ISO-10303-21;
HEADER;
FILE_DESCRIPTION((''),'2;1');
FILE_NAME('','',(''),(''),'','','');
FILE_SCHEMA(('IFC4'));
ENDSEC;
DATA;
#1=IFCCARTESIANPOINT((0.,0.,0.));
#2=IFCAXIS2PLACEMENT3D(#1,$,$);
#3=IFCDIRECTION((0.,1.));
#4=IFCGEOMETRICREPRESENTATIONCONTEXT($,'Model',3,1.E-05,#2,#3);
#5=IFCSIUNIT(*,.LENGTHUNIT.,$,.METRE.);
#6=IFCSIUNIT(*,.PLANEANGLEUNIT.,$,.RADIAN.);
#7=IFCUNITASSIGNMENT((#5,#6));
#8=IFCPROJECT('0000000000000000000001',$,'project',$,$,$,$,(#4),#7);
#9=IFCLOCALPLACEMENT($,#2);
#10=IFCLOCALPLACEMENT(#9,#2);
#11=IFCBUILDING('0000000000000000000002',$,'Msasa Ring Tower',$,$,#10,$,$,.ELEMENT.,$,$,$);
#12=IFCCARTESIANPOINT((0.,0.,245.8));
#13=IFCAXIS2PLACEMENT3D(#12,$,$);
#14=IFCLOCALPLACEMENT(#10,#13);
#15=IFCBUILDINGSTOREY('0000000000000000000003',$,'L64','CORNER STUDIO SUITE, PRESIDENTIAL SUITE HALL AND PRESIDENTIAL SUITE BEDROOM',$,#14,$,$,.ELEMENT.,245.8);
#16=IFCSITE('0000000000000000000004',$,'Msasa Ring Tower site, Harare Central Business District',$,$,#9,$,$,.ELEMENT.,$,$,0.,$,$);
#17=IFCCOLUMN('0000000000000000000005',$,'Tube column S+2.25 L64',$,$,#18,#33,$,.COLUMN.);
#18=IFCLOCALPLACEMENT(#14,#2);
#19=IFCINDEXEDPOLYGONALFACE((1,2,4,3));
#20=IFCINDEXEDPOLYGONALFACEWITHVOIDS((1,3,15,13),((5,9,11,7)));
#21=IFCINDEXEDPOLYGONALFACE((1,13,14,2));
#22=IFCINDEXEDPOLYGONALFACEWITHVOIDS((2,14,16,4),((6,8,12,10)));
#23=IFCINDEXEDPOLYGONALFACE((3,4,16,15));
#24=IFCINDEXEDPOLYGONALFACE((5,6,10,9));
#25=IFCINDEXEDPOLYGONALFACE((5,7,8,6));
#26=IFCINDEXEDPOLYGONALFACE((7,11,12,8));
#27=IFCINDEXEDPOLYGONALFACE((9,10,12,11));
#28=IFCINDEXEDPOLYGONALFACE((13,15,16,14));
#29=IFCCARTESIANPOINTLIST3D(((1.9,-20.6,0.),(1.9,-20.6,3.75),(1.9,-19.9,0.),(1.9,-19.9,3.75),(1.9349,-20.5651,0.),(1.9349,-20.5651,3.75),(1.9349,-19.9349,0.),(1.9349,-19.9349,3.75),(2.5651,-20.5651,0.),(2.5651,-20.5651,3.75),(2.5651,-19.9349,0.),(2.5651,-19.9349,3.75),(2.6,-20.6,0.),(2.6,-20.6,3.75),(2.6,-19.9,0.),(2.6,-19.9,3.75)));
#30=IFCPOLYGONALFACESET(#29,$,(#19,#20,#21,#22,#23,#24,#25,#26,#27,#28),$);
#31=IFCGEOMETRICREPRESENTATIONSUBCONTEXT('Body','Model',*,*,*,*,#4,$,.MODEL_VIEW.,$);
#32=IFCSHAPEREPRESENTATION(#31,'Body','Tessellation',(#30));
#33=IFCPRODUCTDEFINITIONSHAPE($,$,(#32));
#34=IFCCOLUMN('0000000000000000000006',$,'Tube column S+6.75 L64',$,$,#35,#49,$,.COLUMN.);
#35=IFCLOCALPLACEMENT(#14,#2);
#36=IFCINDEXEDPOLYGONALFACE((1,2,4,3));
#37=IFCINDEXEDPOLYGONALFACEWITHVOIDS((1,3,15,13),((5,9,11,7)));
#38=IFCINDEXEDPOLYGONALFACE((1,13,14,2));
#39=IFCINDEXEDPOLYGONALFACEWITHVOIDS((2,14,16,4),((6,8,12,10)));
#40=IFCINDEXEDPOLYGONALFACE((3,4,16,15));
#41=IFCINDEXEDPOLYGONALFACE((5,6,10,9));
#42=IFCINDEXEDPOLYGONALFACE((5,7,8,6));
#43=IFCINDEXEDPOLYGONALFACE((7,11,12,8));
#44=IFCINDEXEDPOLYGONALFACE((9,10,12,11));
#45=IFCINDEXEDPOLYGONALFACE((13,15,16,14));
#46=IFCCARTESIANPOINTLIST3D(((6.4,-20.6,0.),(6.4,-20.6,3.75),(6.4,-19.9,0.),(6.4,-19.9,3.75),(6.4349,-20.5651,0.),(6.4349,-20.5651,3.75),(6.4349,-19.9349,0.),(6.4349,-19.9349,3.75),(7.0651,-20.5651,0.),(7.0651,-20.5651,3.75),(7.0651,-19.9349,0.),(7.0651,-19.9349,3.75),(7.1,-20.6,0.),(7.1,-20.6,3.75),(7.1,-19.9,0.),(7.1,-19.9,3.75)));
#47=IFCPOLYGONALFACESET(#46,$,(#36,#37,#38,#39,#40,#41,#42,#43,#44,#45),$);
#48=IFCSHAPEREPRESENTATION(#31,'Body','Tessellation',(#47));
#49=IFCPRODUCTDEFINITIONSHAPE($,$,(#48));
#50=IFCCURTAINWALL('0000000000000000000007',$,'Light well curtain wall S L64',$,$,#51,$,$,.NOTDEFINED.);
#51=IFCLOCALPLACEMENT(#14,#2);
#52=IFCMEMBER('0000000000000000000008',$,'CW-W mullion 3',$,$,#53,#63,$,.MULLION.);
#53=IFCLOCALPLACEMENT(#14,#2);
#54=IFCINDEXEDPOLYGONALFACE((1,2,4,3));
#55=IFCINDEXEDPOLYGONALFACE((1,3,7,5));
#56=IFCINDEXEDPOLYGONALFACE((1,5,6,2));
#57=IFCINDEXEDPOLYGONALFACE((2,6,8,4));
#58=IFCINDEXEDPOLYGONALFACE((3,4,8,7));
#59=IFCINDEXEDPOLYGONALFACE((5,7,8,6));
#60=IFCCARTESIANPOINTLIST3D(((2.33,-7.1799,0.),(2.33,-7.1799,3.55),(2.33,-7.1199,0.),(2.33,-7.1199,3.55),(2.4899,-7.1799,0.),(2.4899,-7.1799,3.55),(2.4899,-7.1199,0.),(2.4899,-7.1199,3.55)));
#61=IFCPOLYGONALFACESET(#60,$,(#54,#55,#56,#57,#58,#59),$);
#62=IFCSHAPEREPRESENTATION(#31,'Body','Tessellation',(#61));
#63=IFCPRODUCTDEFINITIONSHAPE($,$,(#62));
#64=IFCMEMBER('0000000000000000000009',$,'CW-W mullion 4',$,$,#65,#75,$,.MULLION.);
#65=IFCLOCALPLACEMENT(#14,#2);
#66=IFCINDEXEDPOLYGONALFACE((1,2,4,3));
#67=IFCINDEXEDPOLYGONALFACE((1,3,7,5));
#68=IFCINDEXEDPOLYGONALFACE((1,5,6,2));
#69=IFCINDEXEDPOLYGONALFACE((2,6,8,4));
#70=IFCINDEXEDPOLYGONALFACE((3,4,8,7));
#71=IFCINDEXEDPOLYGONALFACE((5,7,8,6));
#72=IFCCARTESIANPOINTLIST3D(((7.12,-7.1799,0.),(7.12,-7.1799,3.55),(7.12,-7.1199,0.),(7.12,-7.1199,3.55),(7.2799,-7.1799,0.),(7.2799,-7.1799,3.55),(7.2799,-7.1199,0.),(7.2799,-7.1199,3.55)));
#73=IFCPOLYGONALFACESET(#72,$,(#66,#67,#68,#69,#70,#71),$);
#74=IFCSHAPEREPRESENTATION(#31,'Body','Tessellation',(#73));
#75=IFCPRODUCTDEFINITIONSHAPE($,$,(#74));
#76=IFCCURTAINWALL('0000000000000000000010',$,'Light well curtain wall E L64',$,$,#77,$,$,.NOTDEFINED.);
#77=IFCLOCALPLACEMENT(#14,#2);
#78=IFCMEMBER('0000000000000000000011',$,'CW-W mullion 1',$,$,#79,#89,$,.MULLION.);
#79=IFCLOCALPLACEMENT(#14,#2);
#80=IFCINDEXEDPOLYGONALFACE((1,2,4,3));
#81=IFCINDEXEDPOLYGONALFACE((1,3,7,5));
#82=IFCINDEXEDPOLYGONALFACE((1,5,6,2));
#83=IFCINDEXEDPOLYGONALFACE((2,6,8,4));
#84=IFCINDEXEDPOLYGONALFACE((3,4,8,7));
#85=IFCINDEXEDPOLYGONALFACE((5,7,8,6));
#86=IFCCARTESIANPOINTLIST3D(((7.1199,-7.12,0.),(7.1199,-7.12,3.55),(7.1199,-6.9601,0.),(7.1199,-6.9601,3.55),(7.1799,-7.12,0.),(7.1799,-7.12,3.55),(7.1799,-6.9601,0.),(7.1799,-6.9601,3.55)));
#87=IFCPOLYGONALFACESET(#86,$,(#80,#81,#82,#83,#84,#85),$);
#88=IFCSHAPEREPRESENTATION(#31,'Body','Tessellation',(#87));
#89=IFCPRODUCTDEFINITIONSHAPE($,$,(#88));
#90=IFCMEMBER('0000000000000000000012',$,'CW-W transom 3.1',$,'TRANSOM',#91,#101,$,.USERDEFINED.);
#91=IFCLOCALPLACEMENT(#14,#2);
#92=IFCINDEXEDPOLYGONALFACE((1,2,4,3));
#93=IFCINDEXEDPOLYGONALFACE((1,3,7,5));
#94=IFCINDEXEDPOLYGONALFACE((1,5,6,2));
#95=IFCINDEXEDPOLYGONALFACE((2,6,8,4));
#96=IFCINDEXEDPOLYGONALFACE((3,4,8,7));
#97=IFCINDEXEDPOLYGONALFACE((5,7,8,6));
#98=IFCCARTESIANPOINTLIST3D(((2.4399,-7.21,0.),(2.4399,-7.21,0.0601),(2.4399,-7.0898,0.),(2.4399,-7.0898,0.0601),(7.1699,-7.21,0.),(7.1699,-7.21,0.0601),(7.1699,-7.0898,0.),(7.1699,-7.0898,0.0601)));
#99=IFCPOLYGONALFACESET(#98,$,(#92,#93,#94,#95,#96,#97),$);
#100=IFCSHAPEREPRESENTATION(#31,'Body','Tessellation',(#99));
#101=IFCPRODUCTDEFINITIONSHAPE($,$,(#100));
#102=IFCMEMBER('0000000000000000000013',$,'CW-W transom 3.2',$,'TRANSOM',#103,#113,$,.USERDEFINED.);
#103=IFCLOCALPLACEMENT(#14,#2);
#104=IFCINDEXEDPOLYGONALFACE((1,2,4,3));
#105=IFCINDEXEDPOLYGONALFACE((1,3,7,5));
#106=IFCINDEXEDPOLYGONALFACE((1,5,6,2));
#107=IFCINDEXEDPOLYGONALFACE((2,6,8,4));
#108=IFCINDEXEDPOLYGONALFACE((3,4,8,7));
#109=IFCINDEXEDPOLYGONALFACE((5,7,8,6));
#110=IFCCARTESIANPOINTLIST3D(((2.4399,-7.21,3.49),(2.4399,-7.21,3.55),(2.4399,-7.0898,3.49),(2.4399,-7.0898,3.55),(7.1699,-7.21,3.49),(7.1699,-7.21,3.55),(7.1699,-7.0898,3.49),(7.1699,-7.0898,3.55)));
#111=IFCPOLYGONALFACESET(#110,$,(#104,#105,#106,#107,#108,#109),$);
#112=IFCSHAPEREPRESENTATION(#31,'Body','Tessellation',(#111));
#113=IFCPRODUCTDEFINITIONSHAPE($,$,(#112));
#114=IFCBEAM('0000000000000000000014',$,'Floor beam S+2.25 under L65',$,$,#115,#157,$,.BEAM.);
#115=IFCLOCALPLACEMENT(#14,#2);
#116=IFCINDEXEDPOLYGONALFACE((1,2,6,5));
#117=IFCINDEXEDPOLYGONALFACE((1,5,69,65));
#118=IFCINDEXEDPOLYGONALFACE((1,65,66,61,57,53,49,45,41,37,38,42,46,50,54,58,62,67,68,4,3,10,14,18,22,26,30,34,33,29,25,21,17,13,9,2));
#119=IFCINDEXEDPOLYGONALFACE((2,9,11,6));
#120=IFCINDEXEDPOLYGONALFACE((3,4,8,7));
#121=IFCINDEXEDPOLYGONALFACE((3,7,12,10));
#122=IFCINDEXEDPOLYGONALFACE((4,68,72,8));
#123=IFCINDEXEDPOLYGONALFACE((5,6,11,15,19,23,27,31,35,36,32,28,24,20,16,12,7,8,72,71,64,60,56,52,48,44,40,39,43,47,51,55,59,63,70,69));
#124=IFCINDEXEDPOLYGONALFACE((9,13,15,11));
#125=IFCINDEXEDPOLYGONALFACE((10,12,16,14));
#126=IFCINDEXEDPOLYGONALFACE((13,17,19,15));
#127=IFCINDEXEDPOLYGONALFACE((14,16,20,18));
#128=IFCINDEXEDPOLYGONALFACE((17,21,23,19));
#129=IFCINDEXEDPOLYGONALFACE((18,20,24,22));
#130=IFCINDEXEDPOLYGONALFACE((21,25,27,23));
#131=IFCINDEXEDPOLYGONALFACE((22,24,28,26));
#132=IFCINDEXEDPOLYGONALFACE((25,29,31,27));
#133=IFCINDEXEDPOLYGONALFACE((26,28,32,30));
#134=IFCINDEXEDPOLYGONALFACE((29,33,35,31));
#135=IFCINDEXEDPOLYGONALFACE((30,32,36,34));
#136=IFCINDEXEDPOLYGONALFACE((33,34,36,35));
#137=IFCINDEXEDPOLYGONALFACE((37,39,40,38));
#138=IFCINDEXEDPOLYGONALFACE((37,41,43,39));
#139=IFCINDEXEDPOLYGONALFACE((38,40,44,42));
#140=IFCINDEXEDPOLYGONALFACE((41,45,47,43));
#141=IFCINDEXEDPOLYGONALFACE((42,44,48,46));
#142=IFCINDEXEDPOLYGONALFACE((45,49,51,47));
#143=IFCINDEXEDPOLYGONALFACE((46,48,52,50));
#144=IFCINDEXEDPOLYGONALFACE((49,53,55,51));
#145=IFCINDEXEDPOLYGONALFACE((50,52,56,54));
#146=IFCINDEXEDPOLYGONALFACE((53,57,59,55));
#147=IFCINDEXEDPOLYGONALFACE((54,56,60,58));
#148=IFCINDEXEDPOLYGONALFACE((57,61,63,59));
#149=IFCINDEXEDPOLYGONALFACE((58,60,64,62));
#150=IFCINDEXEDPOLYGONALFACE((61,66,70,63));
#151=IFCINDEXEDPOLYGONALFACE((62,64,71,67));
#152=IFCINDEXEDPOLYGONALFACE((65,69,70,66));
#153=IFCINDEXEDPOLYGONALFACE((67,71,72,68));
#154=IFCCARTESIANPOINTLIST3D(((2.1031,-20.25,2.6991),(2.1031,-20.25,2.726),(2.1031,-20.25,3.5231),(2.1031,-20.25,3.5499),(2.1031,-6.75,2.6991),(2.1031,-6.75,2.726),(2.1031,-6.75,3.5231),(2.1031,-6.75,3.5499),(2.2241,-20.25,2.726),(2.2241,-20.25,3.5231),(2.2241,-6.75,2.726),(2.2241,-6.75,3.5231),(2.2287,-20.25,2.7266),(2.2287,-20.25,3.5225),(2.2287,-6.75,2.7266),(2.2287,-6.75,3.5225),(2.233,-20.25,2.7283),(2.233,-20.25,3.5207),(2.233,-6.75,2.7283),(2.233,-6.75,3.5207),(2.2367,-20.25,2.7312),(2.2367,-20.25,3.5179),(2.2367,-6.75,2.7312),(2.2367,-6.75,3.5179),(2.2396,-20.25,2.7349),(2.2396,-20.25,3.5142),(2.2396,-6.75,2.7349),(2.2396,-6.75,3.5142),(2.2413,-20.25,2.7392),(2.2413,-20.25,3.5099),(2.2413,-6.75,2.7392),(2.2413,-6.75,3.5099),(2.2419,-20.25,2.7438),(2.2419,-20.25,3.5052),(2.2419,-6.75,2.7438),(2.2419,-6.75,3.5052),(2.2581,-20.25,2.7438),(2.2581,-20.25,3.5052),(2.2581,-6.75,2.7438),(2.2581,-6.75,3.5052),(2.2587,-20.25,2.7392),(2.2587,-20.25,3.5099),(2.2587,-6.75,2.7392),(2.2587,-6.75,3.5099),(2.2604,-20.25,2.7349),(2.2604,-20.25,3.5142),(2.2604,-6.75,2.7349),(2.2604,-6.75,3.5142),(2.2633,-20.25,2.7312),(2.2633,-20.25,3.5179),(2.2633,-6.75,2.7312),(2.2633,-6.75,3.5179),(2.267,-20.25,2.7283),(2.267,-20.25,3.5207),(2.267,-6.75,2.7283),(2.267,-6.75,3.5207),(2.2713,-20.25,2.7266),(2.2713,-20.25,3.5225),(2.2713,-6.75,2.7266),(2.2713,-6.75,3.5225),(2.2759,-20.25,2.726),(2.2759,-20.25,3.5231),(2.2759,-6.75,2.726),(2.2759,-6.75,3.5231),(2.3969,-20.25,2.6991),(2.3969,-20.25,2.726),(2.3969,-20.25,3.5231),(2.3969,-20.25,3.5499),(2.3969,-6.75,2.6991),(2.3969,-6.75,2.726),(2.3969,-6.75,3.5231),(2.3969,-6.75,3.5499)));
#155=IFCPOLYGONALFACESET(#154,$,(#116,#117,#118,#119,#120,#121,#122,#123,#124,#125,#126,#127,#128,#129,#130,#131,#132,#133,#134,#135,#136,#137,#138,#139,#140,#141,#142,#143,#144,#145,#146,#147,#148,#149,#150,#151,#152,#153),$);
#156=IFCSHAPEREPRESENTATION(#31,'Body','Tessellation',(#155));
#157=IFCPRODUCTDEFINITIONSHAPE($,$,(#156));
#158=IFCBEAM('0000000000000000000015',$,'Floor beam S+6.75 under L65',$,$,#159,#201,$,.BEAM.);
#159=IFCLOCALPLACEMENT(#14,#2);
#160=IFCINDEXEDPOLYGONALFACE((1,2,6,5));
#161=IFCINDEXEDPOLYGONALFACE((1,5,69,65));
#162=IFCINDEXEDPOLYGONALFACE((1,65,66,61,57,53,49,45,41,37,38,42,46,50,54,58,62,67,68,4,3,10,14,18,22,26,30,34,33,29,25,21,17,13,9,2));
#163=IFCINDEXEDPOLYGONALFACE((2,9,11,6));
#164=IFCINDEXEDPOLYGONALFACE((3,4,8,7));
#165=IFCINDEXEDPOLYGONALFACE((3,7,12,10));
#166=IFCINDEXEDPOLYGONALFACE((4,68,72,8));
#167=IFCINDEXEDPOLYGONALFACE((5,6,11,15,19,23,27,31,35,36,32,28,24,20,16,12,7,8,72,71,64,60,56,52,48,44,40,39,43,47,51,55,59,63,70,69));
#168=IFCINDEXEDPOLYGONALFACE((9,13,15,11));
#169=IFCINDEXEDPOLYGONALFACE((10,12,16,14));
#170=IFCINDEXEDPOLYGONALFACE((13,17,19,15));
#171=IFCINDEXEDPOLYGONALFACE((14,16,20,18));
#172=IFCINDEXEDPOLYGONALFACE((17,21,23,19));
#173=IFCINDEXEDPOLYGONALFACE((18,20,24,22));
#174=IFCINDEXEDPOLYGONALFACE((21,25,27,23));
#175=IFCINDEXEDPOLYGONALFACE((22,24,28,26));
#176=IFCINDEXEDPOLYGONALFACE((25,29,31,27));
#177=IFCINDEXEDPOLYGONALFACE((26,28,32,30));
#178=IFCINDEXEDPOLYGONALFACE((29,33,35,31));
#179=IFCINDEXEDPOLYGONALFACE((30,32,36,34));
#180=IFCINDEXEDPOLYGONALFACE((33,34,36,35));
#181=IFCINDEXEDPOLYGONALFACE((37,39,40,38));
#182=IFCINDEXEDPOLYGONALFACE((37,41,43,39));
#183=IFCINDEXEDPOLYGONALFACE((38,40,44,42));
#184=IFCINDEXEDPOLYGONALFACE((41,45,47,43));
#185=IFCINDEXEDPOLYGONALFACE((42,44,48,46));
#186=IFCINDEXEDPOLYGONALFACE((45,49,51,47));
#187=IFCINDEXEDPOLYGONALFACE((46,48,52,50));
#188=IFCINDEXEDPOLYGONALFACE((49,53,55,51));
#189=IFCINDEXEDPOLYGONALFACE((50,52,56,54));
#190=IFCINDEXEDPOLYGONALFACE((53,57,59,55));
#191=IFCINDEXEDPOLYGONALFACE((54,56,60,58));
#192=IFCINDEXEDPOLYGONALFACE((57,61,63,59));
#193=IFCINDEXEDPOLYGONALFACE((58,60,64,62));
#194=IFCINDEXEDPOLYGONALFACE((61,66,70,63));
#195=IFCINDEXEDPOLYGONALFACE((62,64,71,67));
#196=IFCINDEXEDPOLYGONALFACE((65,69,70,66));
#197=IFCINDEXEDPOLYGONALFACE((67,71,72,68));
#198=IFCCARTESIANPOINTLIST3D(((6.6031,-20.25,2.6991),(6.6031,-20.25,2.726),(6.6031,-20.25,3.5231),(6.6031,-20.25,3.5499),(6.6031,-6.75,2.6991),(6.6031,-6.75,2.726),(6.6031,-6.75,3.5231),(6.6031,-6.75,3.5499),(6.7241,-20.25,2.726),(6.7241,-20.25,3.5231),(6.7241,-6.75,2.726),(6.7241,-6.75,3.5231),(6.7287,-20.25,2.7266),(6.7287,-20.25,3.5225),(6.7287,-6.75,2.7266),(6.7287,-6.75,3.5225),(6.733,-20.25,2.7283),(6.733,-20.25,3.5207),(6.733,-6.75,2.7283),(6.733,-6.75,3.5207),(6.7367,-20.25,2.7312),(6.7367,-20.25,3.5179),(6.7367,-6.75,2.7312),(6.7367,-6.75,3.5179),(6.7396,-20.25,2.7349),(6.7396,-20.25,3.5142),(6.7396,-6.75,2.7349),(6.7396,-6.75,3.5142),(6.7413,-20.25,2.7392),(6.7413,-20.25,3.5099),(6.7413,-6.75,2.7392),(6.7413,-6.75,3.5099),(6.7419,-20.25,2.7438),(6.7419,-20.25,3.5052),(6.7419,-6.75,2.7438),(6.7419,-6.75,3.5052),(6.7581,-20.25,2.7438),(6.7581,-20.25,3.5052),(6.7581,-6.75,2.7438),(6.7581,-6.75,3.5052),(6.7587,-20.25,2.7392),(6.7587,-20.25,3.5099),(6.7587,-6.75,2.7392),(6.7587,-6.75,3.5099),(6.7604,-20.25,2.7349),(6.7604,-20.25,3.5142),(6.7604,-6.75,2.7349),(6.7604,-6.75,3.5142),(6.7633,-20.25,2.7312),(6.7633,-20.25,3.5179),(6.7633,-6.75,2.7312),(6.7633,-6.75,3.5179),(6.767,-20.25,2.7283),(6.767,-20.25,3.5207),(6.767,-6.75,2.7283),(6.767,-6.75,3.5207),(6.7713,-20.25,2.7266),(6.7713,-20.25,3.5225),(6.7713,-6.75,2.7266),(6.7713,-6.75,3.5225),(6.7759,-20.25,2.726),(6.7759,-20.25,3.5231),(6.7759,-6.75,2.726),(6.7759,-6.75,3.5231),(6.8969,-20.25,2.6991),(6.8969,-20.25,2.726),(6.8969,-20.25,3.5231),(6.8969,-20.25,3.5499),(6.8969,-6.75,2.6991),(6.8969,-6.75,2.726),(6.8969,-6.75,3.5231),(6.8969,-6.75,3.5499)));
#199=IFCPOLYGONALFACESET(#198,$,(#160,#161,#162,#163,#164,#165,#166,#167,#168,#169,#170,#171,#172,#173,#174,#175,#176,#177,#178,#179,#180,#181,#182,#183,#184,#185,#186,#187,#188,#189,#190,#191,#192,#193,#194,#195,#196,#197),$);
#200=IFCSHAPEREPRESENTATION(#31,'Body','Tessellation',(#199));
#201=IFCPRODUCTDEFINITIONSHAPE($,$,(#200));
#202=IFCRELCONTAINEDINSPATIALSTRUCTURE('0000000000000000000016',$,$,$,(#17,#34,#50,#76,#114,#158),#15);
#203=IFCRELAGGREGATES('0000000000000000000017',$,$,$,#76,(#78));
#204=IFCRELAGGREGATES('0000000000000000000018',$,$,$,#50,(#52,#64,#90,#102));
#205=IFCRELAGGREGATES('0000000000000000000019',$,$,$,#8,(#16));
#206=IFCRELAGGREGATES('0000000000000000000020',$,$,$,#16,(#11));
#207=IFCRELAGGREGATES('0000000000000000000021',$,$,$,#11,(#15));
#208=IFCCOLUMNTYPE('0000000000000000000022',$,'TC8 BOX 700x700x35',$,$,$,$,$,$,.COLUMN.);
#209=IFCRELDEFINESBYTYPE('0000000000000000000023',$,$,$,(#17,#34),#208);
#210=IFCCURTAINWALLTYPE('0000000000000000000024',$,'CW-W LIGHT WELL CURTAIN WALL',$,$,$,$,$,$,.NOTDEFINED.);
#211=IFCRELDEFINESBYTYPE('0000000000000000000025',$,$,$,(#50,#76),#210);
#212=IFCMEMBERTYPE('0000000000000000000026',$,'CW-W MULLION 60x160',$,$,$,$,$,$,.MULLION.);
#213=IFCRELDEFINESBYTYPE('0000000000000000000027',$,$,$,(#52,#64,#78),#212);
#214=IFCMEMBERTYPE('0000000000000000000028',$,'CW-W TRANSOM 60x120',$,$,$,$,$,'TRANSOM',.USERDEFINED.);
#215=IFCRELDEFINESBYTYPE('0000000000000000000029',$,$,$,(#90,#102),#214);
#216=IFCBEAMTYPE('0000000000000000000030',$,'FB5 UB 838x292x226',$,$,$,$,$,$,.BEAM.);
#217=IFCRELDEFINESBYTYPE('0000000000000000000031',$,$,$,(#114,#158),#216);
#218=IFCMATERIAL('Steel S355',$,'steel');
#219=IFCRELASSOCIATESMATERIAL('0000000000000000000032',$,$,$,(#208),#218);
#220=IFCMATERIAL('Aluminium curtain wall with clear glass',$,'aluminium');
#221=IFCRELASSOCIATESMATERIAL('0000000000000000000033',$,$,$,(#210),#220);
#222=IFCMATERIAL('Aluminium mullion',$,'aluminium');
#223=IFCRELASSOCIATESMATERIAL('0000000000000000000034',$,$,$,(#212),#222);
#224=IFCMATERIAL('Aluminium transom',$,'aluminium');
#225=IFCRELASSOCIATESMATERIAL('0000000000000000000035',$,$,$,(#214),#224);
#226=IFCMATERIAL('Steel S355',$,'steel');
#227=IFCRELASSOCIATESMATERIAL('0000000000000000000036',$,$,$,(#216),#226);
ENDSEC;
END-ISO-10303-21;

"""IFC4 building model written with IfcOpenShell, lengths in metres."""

from ifc_helpers import new_model, si_unit, direction, frame, origin, origin_2d, place, context, subcontext, project, spatial, rectangle, hollow_rectangle, i_section, extrude, material, material_profile, profile_set, type_object, element, aggregate, save


model = new_model("IFC4")

# Units and contexts
model_context = context("Model", 3, precision=1e-05, world=origin(), true_north=direction((0.0, 1.0)))
body_context = subcontext(model_context, "Body", "Model", "MODEL_VIEW")
ifc_project = project(units=[si_unit("LENGTHUNIT", "METRE"), si_unit("PLANEANGLEUNIT", "RADIAN")], contexts=[model_context])

# Site, building, storey
site_placement = place(None, origin())
site = spatial("IfcSite", under=ifc_project, at=site_placement, Name="Msasa Ring Tower site, Harare Central Business District", CompositionType="ELEMENT", RefElevation=0.0)
building_placement = place(site_placement, origin())
building = spatial("IfcBuilding", under=site, at=building_placement, Name="Msasa Ring Tower", CompositionType="ELEMENT")
storey_placement = place(building_placement, frame((0.0, 0.0, 245.8)))
storey = spatial("IfcBuildingStorey", under=building, at=storey_placement, Name="L64", Description="CORNER STUDIO SUITE, PRESIDENTIAL SUITE HALL AND PRESIDENTIAL SUITE BEDROOM", CompositionType="ELEMENT", Elevation=245.8)

# Columns
ifc_material_1 = material(Name="Steel S355", Category="steel")
ifc_material_profile_1 = material_profile(ifc_material_1, hollow_rectangle(XDim=0.7, YDim=0.7, WallThickness=0.0349, at=origin_2d()), Name="BOX 700x700x35")
ifc_profile_set_1 = profile_set([ifc_material_profile_1], Name="Steel S355")
column_type = type_object("IfcColumnType", Name="TC8 BOX 700x700x35", PredefinedType="COLUMN", material=ifc_profile_set_1)
for number, where, z_axis, x_axis, name in (
    (1, (2.25, -20.25, 0.0), (0.0, 0.0, 1.0), (0.0, 1.0, 0.0), "Tube column S+2.25 L64"),
    (2, (6.75, -20.25, 0.0), (0.0, 0.0, 1.0), (0.0, 1.0, 0.0), "Tube column S+6.75 L64"),
):
    element("IfcColumn", number, at=place(storey_placement, frame(where, z_axis=z_axis, x_axis=x_axis)), inside=storey, type_object=column_type, Name=name, PredefinedType="COLUMN", context=body_context, shape_type="SweptSolid", body=[
        extrude(hollow_rectangle(XDim=0.7, YDim=0.7, WallThickness=0.0349, at=origin_2d()), origin(), (0.0, 0.0, 1.0), 3.75),
    ])

# Curtain wall, members
ifc_material_2 = material(Name="Aluminium curtain wall with clear glass", Category="aluminium")
curtain_wall_type = type_object("IfcCurtainWallType", Name="CW-W LIGHT WELL CURTAIN WALL", PredefinedType="NOTDEFINED", material=ifc_material_2)
curtain_wall_1_placement = place(storey_placement, origin())
curtain_wall_1 = element("IfcCurtainWall", 3, at=curtain_wall_1_placement, inside=storey, type_object=curtain_wall_type, Name="Light well curtain wall S L64", PredefinedType="NOTDEFINED")
ifc_material_3 = material(Name="Aluminium mullion", Category="aluminium")
ifc_material_profile_2 = material_profile(ifc_material_3, rectangle(XDim=0.0601, YDim=0.1599, at=origin_2d()), Name="AL 60x160")
ifc_profile_set_2 = profile_set([ifc_material_profile_2], Name="Aluminium mullion")
member_type_1 = type_object("IfcMemberType", Name="CW-W MULLION 60x160", PredefinedType="MULLION", material=ifc_profile_set_2)
member_1_placement = place(storey_placement, frame((2.4099, -7.1499, 0.0), z_axis=(0.0, 0.0, 1.0), x_axis=(0.0, 1.0, 0.0)))
member_1 = element("IfcMember", 4, at=member_1_placement, type_object=member_type_1, Name="CW-W mullion 3", PredefinedType="MULLION", context=body_context, shape_type="SweptSolid", body=[
    extrude(rectangle(XDim=0.0601, YDim=0.1599, at=origin_2d()), origin(), (0.0, 0.0, 1.0), 3.55),
])
member_2_placement = place(storey_placement, frame((7.2, -7.1499, 0.0), z_axis=(0.0, 0.0, 1.0), x_axis=(0.0, 1.0, 0.0)))
member_2 = element("IfcMember", 5, at=member_2_placement, type_object=member_type_1, Name="CW-W mullion 4", PredefinedType="MULLION", context=body_context, shape_type="SweptSolid", body=[
    extrude(rectangle(XDim=0.0601, YDim=0.1599, at=origin_2d()), origin(), (0.0, 0.0, 1.0), 3.55),
])

# Curtain wall, member
curtain_wall_2_placement = place(storey_placement, origin())
curtain_wall_2 = element("IfcCurtainWall", 6, at=curtain_wall_2_placement, inside=storey, type_object=curtain_wall_type, Name="Light well curtain wall E L64", PredefinedType="NOTDEFINED")
member_3_placement = place(storey_placement, frame((7.1499, -7.04, 0.0), z_axis=(0.0, 0.0, 1.0), x_axis=(-1.0, 0.0, 0.0)))
member_3 = element("IfcMember", 7, at=member_3_placement, type_object=member_type_1, Name="CW-W mullion 1", PredefinedType="MULLION", context=body_context, shape_type="SweptSolid", body=[
    extrude(rectangle(XDim=0.0601, YDim=0.1599, at=origin_2d()), origin(), (0.0, 0.0, 1.0), 3.55),
])
aggregate(curtain_wall_2, [member_3])

# Members
ifc_material_4 = material(Name="Aluminium transom", Category="aluminium")
ifc_material_profile_3 = material_profile(ifc_material_4, rectangle(XDim=0.1201, YDim=0.0601, at=origin_2d()), Name="AL 60x120")
ifc_profile_set_3 = profile_set([ifc_material_profile_3], Name="Aluminium transom")
member_type_2 = type_object("IfcMemberType", Name="CW-W TRANSOM 60x120", ElementType="TRANSOM", PredefinedType="USERDEFINED", material=ifc_profile_set_3)
member_4_placement = place(storey_placement, frame((2.4399, -7.1499, 0.03), z_axis=(1.0, 0.0, 0.0), x_axis=(0.0, 1.0, 0.0)))
member_4 = element("IfcMember", 8, at=member_4_placement, type_object=member_type_2, Name="CW-W transom 3.1", ObjectType="TRANSOM", PredefinedType="USERDEFINED", context=body_context, shape_type="SweptSolid", body=[
    extrude(rectangle(XDim=0.1201, YDim=0.0601, at=origin_2d()), origin(), (0.0, 0.0, 1.0), 4.73),
])
member_5_placement = place(storey_placement, frame((2.4399, -7.1499, 3.52), z_axis=(1.0, 0.0, 0.0), x_axis=(0.0, 1.0, 0.0)))
member_5 = element("IfcMember", 9, at=member_5_placement, type_object=member_type_2, Name="CW-W transom 3.2", ObjectType="TRANSOM", PredefinedType="USERDEFINED", context=body_context, shape_type="SweptSolid", body=[
    extrude(rectangle(XDim=0.1201, YDim=0.0601, at=origin_2d()), origin(), (0.0, 0.0, 1.0), 4.73),
])

# Beams
ifc_material_5 = material(Name="Steel S355", Category="steel")
ifc_material_profile_4 = material_profile(ifc_material_5, i_section(OverallWidth=0.2937, OverallDepth=0.8508, WebThickness=0.0161, FlangeThickness=0.0269, FilletRadius=0.0178, at=origin_2d()), Name="UB 838x292x226")
ifc_profile_set_4 = profile_set([ifc_material_profile_4], Name="Steel S355")
beam_type_1 = type_object("IfcBeamType", Name="FB5 UB 838x292x226", PredefinedType="BEAM", material=ifc_profile_set_4)
for number, where, z_axis, x_axis, name in (
    (10, (2.25, -20.25, 3.1245), (0.0, 1.0, 0.0), (-1.0, 0.0, 0.0), "Floor beam S+2.25 under L65"),
    (11, (6.75, -20.25, 3.1245), (0.0, 1.0, 0.0), (-1.0, 0.0, 0.0), "Floor beam S+6.75 under L65"),
):
    element("IfcBeam", number, at=place(storey_placement, frame(where, z_axis=z_axis, x_axis=x_axis)), inside=storey, type_object=beam_type_1, Name=name, PredefinedType="BEAM", context=body_context, shape_type="SweptSolid", body=[
        extrude(i_section(OverallWidth=0.2937, OverallDepth=0.8508, WebThickness=0.0161, FlangeThickness=0.0269, FilletRadius=0.0178, at=origin_2d()), origin(), (0.0, 0.0, 1.0), 13.5),
    ])

aggregate(curtain_wall_1, [member_1, member_2, member_4, member_5])

save(model, "model.ifc")
